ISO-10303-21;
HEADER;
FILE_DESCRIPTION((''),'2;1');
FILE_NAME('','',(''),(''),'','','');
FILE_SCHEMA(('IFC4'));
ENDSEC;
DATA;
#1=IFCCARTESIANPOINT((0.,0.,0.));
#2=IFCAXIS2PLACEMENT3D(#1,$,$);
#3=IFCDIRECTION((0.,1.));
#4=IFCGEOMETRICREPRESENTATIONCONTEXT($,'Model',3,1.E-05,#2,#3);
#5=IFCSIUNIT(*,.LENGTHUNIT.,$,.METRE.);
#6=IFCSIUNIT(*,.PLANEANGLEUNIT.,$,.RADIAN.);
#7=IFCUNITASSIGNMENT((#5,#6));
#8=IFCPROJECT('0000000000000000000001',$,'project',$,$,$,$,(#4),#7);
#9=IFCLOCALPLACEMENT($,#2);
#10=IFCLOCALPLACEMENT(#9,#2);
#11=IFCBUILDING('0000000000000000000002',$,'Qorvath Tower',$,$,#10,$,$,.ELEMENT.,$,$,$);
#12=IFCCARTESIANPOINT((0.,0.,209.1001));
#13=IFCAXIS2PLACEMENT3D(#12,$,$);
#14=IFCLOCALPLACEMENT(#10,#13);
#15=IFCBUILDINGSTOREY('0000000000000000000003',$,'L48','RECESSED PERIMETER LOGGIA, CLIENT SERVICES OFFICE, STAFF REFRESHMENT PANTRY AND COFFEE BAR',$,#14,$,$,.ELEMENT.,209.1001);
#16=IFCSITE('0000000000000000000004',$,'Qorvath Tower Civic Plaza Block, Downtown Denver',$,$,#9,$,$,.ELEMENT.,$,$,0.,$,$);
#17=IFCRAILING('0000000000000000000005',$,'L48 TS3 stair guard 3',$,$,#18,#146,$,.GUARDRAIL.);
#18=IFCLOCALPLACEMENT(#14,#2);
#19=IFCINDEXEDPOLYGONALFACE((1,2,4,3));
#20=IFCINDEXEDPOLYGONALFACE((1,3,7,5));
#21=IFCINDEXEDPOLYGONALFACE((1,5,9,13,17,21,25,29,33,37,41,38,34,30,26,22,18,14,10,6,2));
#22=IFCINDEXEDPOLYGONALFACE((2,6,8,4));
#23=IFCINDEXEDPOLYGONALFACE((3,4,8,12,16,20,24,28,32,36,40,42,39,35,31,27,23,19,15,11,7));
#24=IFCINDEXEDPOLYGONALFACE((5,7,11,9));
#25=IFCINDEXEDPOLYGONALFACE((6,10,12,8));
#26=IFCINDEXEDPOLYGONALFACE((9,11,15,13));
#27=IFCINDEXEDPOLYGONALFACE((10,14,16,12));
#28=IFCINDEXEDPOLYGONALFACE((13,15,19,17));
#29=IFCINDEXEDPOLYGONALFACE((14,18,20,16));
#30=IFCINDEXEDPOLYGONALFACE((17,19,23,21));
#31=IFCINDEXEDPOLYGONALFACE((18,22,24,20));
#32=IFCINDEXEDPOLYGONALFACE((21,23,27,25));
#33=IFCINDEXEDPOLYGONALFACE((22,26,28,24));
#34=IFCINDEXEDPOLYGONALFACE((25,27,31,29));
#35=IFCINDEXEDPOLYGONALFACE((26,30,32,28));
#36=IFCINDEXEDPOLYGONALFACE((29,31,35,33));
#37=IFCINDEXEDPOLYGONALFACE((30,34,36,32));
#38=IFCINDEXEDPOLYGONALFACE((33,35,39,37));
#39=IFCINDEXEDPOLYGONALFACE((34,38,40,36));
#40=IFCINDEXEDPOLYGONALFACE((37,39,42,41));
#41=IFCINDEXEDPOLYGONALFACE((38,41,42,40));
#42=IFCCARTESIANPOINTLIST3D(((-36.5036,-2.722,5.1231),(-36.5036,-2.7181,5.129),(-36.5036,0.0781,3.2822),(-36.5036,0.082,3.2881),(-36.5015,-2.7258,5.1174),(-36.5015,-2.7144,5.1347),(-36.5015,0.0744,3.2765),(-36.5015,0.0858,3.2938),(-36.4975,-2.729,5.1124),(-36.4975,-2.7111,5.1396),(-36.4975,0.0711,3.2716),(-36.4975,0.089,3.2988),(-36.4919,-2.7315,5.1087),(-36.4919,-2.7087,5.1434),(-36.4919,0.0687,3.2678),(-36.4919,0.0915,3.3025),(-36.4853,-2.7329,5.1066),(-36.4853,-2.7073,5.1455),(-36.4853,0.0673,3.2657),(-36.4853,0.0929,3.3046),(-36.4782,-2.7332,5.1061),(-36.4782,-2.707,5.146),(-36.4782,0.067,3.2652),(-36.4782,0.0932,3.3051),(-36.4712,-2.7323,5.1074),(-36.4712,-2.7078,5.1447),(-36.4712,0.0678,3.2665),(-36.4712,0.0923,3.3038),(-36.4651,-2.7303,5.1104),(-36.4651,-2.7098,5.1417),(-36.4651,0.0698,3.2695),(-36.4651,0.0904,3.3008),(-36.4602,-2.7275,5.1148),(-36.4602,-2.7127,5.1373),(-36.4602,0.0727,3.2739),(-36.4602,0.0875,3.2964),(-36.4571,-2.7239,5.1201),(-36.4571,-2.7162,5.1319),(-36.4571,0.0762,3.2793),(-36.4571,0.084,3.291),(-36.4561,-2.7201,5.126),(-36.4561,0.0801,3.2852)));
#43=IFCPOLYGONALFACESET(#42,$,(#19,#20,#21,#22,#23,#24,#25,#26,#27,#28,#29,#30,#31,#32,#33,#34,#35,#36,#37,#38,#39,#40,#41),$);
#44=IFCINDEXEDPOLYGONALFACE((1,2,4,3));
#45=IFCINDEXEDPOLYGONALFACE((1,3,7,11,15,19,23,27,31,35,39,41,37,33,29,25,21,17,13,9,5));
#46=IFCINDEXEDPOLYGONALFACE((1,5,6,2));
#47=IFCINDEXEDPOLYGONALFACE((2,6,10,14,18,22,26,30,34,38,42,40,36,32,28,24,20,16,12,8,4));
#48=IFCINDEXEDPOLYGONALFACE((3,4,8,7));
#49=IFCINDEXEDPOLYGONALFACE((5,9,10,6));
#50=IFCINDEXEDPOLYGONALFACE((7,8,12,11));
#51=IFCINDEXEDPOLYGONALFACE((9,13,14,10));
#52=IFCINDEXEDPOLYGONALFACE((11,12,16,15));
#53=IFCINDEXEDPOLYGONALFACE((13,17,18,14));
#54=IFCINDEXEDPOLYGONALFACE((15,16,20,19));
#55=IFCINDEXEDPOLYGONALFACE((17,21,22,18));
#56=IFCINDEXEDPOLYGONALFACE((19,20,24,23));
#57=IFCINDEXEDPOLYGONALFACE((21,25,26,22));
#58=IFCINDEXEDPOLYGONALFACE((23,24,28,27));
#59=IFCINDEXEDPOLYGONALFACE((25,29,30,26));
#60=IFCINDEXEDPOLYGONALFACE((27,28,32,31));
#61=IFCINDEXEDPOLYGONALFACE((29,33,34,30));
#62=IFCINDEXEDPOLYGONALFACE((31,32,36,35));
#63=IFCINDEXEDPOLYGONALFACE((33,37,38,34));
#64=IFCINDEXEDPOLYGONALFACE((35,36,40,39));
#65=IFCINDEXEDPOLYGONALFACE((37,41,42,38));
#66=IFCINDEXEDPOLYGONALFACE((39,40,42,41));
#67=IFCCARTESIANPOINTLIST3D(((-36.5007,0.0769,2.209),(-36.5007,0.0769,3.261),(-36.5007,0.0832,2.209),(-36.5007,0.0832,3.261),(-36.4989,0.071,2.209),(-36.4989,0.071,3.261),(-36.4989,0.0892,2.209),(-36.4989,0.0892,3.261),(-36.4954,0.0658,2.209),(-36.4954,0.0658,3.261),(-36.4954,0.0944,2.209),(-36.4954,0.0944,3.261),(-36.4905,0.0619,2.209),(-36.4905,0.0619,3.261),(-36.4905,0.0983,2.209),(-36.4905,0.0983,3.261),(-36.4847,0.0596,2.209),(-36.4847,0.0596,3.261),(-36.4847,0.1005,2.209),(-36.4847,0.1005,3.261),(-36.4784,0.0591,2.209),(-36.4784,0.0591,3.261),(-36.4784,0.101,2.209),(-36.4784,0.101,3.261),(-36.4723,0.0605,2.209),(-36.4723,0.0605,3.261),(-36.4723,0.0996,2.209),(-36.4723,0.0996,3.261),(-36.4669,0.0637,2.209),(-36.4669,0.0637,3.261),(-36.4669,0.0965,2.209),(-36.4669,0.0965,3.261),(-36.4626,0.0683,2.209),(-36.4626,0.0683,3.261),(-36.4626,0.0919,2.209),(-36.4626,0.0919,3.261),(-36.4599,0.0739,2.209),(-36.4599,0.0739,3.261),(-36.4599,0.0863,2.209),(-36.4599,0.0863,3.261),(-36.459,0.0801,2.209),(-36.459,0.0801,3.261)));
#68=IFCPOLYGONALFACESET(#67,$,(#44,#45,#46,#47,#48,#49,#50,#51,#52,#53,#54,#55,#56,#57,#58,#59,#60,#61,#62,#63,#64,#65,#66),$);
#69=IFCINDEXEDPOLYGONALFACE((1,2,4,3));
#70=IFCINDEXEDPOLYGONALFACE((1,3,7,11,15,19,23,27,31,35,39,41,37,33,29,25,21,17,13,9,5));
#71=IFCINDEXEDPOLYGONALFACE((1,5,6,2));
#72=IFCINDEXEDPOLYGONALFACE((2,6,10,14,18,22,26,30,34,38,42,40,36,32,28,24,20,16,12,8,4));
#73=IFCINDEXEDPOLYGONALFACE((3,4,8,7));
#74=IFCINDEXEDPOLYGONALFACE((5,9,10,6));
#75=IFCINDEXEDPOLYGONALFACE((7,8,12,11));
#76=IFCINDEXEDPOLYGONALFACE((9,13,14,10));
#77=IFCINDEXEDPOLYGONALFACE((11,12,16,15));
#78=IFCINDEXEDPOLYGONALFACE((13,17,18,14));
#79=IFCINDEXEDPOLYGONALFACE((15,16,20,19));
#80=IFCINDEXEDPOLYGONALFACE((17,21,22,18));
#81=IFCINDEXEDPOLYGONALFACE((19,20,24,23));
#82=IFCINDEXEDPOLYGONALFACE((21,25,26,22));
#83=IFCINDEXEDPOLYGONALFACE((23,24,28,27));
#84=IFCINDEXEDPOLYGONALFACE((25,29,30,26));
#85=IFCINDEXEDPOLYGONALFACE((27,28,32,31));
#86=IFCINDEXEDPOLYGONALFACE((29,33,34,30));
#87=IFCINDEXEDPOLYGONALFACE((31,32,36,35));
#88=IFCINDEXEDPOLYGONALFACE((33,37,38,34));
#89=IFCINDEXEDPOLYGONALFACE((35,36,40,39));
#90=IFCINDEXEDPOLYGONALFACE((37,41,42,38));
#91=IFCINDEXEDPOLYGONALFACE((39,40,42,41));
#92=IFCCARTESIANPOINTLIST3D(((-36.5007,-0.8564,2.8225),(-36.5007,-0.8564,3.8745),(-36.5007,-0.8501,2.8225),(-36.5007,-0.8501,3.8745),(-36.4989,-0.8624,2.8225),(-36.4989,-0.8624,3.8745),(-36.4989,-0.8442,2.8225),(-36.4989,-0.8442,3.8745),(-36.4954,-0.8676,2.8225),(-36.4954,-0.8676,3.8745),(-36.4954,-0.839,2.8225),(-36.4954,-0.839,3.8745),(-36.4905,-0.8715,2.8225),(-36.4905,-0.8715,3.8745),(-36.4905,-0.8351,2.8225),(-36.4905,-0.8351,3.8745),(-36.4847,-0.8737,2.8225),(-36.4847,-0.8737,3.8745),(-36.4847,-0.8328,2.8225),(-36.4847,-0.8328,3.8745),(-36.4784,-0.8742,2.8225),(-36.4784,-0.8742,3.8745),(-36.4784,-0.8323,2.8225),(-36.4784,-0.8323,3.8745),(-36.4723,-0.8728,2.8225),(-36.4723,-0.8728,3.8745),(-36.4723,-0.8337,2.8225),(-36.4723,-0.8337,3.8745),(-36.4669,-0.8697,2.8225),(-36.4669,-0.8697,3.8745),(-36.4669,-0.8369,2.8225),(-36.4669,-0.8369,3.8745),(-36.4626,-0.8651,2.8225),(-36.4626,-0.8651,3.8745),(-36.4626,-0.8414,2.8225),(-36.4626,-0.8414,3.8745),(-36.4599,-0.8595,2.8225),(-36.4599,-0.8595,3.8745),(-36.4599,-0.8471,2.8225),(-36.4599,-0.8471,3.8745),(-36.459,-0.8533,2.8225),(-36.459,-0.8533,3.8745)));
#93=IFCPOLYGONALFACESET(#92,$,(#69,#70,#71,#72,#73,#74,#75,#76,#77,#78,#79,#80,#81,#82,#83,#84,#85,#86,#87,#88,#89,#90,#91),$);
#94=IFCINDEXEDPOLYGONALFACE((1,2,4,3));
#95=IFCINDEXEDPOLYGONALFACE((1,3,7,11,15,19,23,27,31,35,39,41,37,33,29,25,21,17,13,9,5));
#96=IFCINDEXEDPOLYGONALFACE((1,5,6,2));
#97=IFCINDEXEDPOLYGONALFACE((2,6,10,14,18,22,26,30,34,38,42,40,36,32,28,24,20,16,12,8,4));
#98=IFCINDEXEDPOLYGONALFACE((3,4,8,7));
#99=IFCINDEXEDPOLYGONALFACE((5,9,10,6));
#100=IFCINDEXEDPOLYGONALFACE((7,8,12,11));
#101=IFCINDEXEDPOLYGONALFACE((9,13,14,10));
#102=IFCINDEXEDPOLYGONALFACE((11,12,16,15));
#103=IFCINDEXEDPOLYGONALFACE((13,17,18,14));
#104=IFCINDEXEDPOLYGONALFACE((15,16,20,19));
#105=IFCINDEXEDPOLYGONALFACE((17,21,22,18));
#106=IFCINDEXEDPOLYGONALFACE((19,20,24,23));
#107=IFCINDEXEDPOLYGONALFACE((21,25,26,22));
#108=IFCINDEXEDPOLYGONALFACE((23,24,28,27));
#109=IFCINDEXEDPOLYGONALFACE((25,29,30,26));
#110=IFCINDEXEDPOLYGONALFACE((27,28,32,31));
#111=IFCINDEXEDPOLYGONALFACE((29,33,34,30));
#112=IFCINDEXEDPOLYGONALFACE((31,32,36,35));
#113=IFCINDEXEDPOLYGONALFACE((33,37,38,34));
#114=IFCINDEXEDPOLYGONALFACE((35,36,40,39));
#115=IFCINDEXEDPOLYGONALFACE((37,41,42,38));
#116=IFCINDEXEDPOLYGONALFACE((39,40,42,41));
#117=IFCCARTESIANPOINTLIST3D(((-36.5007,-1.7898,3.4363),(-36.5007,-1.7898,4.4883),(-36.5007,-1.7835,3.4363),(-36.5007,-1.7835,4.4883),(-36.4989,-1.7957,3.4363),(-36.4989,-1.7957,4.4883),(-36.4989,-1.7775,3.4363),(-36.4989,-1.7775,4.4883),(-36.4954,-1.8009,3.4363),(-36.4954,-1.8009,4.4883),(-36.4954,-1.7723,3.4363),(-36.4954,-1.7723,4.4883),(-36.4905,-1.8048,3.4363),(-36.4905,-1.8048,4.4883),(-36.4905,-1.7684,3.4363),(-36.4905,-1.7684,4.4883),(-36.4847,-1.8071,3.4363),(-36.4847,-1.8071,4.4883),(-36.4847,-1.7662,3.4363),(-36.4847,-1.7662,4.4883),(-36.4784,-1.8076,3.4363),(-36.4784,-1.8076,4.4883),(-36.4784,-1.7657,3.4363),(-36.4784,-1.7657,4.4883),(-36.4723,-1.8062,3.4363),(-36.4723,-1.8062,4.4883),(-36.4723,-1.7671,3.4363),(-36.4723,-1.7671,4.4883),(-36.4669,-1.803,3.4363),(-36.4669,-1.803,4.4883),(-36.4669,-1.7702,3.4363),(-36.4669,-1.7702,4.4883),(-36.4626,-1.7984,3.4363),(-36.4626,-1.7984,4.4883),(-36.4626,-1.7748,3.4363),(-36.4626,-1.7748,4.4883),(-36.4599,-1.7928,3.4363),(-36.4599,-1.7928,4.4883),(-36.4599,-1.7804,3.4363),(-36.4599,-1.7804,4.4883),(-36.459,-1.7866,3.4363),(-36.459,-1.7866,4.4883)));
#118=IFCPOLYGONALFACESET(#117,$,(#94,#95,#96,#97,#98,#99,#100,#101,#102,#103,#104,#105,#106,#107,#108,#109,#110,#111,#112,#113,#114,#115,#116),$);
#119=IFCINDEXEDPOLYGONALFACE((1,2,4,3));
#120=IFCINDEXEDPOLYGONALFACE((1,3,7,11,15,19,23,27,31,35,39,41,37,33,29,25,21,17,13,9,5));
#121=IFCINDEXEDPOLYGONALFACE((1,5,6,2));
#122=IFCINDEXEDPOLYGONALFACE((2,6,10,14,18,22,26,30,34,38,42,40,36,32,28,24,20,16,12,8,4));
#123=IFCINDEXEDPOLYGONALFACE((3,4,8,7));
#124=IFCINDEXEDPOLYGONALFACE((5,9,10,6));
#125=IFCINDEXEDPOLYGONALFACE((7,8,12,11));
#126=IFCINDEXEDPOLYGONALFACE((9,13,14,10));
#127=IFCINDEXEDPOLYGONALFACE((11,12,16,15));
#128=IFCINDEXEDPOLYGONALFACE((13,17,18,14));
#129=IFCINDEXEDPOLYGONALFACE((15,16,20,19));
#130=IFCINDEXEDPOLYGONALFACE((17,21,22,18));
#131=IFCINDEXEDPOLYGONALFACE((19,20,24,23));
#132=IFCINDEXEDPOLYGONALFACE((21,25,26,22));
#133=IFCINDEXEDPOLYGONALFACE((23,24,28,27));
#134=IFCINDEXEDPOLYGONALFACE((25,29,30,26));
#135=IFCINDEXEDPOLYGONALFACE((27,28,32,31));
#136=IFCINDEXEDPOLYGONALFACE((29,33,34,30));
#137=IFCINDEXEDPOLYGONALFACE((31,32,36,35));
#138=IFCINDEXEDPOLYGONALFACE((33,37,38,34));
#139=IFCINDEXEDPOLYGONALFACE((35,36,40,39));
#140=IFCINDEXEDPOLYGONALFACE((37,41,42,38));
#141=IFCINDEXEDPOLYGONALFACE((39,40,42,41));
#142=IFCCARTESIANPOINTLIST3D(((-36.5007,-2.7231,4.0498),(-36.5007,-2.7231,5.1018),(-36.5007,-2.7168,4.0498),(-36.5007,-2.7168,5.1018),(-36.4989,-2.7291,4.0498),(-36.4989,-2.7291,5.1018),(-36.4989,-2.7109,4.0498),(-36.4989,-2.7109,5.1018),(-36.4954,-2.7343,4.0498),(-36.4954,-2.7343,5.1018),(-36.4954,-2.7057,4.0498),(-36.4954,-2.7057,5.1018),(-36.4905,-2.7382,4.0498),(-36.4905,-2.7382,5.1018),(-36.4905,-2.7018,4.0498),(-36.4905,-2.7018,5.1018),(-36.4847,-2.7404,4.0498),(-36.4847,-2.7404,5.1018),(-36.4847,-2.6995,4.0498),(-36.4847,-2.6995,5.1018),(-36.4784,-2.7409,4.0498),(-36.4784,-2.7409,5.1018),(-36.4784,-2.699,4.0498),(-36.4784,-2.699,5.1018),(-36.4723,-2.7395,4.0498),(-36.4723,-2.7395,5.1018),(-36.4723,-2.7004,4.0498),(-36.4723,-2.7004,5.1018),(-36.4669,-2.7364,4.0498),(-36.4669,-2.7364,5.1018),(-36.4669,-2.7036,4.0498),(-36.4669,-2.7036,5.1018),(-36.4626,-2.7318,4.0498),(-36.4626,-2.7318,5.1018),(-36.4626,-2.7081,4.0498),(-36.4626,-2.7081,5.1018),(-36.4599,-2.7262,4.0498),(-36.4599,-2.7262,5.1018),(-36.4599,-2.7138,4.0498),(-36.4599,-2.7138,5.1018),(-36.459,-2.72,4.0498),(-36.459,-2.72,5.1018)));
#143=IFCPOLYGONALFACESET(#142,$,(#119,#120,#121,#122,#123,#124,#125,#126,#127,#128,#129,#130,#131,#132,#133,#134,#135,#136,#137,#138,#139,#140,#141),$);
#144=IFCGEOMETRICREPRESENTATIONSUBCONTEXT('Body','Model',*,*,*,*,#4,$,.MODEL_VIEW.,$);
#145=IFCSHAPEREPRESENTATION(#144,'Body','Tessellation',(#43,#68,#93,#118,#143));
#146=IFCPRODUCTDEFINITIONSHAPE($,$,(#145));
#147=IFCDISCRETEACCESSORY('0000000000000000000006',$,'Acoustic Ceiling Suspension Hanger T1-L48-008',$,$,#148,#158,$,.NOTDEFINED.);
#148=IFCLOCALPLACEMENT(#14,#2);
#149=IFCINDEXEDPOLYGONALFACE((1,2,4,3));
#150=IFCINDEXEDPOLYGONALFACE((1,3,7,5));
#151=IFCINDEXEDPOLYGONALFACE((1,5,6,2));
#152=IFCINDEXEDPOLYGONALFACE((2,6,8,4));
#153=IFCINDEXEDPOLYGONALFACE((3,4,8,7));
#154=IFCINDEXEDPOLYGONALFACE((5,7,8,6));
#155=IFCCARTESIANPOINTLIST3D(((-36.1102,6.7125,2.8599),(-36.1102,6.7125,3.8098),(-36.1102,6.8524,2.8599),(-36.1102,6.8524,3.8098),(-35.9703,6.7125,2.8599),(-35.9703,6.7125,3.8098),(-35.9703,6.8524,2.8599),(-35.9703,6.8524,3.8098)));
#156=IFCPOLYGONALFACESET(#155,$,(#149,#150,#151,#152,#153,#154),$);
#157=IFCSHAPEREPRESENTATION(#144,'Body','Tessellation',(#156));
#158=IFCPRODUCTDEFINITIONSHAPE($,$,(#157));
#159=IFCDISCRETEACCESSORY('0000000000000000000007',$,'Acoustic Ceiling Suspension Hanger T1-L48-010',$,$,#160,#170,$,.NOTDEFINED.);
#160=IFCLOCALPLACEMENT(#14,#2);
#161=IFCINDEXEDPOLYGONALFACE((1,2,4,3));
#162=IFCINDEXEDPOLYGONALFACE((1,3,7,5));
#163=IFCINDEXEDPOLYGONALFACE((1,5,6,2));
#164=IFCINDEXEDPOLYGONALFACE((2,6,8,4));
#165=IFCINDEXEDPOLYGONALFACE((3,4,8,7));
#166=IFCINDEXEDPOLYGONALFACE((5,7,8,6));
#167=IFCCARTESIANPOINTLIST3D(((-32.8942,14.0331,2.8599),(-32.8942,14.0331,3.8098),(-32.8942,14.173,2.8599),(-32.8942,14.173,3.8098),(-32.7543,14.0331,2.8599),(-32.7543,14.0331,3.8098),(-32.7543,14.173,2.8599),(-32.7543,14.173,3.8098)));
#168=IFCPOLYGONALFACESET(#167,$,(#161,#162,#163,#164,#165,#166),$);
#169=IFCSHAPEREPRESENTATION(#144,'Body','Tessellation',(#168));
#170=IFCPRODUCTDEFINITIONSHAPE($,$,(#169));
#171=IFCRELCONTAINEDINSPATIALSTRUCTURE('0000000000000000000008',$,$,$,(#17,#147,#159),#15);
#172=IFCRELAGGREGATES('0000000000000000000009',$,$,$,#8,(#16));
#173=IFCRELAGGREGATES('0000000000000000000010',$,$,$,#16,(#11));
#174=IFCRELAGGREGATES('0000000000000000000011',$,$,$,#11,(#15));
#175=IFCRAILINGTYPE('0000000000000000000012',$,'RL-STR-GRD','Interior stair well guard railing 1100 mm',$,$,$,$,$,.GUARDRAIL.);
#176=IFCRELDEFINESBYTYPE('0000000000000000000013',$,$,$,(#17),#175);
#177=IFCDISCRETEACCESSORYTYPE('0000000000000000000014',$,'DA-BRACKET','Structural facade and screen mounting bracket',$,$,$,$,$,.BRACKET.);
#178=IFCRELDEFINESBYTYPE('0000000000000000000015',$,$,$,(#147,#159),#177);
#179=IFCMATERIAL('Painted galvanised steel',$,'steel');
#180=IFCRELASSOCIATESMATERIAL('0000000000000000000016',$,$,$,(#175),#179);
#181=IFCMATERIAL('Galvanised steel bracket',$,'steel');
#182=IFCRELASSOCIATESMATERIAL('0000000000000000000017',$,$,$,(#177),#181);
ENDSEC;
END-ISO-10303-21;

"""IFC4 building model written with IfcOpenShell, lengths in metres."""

from ifc_helpers import new_model, si_unit, direction, frame, origin, origin_2d, place, context, subcontext, project, spatial, rectangle, circle, extrude, material, type_object, element, save


model = new_model("IFC4")

# Units and contexts
model_context = context("Model", 3, precision=1e-05, world=origin(), true_north=direction((0.0, 1.0)))
body_context = subcontext(model_context, "Body", "Model", "MODEL_VIEW")
ifc_project = project(units=[si_unit("LENGTHUNIT", "METRE"), si_unit("PLANEANGLEUNIT", "RADIAN")], contexts=[model_context])

# Site, building, storey
site_placement = place(None, origin())
site = spatial("IfcSite", under=ifc_project, at=site_placement, Name="Qorvath Tower Civic Plaza Block, Downtown Denver", CompositionType="ELEMENT", RefElevation=0.0)
building_placement = place(site_placement, origin())
building = spatial("IfcBuilding", under=site, at=building_placement, Name="Qorvath Tower", CompositionType="ELEMENT")
storey_placement = place(building_placement, frame((0.0, 0.0, 209.1001)))
storey = spatial("IfcBuildingStorey", under=building, at=storey_placement, Name="L48", Description="RECESSED PERIMETER LOGGIA, CLIENT SERVICES OFFICE, STAFF REFRESHMENT PANTRY AND COFFEE BAR", CompositionType="ELEMENT", Elevation=209.1001)

# Railing
ifc_material_1 = material(Name="Painted galvanised steel", Category="steel")
railing_type = type_object("IfcRailingType", Name="RL-STR-GRD", Description="Interior stair well guard railing 1100 mm", PredefinedType="GUARDRAIL", material=ifc_material_1)
railing_1_placement = place(storey_placement, frame((-36.48, 0.0801, 2.209)))
element("IfcRailing", 1, at=railing_1_placement, inside=storey, type_object=railing_type, Name="L48 TS3 stair guard 3", PredefinedType="GUARDRAIL", context=body_context, shape_type="SweptSolid", body=[
    extrude(circle(Radius=0.0239, at=origin_2d()), frame((0.0, 0.0, 1.0762), z_axis=(0.0, -0.835598, 0.549342), x_axis=(1.0, 0.0, 0.0)), (0.0, 0.0, 1.0), 3.3511),
    extrude(circle(Radius=0.021, at=origin_2d()), origin(), (0.0, 0.0, 1.0), 1.052),
    extrude(circle(Radius=0.021, at=origin_2d()), frame((0.0, -0.9333, 0.6135)), (0.0, 0.0, 1.0), 1.052),
    extrude(circle(Radius=0.021, at=origin_2d()), frame((0.0, -1.8667, 1.2273)), (0.0, 0.0, 1.0), 1.052),
    extrude(circle(Radius=0.021, at=origin_2d()), frame((0.0, -2.8, 1.8408)), (0.0, 0.0, 1.0), 1.052),
])

# Discrete accessories
ifc_material_2 = material(Name="Galvanised steel bracket", Category="steel")
discrete_accessory_type = type_object("IfcDiscreteAccessoryType", Name="DA-BRACKET", Description="Structural facade and screen mounting bracket", PredefinedType="BRACKET", material=ifc_material_2)
for number, where, z_axis, x_axis, name in (
    (2, (-36.0403, 6.7825, 2.8599), (0.0, 0.0, 1.0), (1.0, 0.0, 0.0), "Acoustic Ceiling Suspension Hanger T1-L48-008"),
    (3, (-32.8242, 14.103, 2.8599), (0.0, 0.0, 1.0), (1.0, 0.0, 0.0), "Acoustic Ceiling Suspension Hanger T1-L48-010"),
):
    element("IfcDiscreteAccessory", number, at=place(storey_placement, frame(where, z_axis=z_axis, x_axis=x_axis)), inside=storey, type_object=discrete_accessory_type, Name=name, PredefinedType="NOTDEFINED", context=body_context, shape_type="SweptSolid", body=[
        extrude(rectangle(XDim=0.1399, YDim=0.1399, at=origin_2d()), origin(), (0.0, 0.0, 1.0), 0.95),
    ])

save(model, "model.ifc")
